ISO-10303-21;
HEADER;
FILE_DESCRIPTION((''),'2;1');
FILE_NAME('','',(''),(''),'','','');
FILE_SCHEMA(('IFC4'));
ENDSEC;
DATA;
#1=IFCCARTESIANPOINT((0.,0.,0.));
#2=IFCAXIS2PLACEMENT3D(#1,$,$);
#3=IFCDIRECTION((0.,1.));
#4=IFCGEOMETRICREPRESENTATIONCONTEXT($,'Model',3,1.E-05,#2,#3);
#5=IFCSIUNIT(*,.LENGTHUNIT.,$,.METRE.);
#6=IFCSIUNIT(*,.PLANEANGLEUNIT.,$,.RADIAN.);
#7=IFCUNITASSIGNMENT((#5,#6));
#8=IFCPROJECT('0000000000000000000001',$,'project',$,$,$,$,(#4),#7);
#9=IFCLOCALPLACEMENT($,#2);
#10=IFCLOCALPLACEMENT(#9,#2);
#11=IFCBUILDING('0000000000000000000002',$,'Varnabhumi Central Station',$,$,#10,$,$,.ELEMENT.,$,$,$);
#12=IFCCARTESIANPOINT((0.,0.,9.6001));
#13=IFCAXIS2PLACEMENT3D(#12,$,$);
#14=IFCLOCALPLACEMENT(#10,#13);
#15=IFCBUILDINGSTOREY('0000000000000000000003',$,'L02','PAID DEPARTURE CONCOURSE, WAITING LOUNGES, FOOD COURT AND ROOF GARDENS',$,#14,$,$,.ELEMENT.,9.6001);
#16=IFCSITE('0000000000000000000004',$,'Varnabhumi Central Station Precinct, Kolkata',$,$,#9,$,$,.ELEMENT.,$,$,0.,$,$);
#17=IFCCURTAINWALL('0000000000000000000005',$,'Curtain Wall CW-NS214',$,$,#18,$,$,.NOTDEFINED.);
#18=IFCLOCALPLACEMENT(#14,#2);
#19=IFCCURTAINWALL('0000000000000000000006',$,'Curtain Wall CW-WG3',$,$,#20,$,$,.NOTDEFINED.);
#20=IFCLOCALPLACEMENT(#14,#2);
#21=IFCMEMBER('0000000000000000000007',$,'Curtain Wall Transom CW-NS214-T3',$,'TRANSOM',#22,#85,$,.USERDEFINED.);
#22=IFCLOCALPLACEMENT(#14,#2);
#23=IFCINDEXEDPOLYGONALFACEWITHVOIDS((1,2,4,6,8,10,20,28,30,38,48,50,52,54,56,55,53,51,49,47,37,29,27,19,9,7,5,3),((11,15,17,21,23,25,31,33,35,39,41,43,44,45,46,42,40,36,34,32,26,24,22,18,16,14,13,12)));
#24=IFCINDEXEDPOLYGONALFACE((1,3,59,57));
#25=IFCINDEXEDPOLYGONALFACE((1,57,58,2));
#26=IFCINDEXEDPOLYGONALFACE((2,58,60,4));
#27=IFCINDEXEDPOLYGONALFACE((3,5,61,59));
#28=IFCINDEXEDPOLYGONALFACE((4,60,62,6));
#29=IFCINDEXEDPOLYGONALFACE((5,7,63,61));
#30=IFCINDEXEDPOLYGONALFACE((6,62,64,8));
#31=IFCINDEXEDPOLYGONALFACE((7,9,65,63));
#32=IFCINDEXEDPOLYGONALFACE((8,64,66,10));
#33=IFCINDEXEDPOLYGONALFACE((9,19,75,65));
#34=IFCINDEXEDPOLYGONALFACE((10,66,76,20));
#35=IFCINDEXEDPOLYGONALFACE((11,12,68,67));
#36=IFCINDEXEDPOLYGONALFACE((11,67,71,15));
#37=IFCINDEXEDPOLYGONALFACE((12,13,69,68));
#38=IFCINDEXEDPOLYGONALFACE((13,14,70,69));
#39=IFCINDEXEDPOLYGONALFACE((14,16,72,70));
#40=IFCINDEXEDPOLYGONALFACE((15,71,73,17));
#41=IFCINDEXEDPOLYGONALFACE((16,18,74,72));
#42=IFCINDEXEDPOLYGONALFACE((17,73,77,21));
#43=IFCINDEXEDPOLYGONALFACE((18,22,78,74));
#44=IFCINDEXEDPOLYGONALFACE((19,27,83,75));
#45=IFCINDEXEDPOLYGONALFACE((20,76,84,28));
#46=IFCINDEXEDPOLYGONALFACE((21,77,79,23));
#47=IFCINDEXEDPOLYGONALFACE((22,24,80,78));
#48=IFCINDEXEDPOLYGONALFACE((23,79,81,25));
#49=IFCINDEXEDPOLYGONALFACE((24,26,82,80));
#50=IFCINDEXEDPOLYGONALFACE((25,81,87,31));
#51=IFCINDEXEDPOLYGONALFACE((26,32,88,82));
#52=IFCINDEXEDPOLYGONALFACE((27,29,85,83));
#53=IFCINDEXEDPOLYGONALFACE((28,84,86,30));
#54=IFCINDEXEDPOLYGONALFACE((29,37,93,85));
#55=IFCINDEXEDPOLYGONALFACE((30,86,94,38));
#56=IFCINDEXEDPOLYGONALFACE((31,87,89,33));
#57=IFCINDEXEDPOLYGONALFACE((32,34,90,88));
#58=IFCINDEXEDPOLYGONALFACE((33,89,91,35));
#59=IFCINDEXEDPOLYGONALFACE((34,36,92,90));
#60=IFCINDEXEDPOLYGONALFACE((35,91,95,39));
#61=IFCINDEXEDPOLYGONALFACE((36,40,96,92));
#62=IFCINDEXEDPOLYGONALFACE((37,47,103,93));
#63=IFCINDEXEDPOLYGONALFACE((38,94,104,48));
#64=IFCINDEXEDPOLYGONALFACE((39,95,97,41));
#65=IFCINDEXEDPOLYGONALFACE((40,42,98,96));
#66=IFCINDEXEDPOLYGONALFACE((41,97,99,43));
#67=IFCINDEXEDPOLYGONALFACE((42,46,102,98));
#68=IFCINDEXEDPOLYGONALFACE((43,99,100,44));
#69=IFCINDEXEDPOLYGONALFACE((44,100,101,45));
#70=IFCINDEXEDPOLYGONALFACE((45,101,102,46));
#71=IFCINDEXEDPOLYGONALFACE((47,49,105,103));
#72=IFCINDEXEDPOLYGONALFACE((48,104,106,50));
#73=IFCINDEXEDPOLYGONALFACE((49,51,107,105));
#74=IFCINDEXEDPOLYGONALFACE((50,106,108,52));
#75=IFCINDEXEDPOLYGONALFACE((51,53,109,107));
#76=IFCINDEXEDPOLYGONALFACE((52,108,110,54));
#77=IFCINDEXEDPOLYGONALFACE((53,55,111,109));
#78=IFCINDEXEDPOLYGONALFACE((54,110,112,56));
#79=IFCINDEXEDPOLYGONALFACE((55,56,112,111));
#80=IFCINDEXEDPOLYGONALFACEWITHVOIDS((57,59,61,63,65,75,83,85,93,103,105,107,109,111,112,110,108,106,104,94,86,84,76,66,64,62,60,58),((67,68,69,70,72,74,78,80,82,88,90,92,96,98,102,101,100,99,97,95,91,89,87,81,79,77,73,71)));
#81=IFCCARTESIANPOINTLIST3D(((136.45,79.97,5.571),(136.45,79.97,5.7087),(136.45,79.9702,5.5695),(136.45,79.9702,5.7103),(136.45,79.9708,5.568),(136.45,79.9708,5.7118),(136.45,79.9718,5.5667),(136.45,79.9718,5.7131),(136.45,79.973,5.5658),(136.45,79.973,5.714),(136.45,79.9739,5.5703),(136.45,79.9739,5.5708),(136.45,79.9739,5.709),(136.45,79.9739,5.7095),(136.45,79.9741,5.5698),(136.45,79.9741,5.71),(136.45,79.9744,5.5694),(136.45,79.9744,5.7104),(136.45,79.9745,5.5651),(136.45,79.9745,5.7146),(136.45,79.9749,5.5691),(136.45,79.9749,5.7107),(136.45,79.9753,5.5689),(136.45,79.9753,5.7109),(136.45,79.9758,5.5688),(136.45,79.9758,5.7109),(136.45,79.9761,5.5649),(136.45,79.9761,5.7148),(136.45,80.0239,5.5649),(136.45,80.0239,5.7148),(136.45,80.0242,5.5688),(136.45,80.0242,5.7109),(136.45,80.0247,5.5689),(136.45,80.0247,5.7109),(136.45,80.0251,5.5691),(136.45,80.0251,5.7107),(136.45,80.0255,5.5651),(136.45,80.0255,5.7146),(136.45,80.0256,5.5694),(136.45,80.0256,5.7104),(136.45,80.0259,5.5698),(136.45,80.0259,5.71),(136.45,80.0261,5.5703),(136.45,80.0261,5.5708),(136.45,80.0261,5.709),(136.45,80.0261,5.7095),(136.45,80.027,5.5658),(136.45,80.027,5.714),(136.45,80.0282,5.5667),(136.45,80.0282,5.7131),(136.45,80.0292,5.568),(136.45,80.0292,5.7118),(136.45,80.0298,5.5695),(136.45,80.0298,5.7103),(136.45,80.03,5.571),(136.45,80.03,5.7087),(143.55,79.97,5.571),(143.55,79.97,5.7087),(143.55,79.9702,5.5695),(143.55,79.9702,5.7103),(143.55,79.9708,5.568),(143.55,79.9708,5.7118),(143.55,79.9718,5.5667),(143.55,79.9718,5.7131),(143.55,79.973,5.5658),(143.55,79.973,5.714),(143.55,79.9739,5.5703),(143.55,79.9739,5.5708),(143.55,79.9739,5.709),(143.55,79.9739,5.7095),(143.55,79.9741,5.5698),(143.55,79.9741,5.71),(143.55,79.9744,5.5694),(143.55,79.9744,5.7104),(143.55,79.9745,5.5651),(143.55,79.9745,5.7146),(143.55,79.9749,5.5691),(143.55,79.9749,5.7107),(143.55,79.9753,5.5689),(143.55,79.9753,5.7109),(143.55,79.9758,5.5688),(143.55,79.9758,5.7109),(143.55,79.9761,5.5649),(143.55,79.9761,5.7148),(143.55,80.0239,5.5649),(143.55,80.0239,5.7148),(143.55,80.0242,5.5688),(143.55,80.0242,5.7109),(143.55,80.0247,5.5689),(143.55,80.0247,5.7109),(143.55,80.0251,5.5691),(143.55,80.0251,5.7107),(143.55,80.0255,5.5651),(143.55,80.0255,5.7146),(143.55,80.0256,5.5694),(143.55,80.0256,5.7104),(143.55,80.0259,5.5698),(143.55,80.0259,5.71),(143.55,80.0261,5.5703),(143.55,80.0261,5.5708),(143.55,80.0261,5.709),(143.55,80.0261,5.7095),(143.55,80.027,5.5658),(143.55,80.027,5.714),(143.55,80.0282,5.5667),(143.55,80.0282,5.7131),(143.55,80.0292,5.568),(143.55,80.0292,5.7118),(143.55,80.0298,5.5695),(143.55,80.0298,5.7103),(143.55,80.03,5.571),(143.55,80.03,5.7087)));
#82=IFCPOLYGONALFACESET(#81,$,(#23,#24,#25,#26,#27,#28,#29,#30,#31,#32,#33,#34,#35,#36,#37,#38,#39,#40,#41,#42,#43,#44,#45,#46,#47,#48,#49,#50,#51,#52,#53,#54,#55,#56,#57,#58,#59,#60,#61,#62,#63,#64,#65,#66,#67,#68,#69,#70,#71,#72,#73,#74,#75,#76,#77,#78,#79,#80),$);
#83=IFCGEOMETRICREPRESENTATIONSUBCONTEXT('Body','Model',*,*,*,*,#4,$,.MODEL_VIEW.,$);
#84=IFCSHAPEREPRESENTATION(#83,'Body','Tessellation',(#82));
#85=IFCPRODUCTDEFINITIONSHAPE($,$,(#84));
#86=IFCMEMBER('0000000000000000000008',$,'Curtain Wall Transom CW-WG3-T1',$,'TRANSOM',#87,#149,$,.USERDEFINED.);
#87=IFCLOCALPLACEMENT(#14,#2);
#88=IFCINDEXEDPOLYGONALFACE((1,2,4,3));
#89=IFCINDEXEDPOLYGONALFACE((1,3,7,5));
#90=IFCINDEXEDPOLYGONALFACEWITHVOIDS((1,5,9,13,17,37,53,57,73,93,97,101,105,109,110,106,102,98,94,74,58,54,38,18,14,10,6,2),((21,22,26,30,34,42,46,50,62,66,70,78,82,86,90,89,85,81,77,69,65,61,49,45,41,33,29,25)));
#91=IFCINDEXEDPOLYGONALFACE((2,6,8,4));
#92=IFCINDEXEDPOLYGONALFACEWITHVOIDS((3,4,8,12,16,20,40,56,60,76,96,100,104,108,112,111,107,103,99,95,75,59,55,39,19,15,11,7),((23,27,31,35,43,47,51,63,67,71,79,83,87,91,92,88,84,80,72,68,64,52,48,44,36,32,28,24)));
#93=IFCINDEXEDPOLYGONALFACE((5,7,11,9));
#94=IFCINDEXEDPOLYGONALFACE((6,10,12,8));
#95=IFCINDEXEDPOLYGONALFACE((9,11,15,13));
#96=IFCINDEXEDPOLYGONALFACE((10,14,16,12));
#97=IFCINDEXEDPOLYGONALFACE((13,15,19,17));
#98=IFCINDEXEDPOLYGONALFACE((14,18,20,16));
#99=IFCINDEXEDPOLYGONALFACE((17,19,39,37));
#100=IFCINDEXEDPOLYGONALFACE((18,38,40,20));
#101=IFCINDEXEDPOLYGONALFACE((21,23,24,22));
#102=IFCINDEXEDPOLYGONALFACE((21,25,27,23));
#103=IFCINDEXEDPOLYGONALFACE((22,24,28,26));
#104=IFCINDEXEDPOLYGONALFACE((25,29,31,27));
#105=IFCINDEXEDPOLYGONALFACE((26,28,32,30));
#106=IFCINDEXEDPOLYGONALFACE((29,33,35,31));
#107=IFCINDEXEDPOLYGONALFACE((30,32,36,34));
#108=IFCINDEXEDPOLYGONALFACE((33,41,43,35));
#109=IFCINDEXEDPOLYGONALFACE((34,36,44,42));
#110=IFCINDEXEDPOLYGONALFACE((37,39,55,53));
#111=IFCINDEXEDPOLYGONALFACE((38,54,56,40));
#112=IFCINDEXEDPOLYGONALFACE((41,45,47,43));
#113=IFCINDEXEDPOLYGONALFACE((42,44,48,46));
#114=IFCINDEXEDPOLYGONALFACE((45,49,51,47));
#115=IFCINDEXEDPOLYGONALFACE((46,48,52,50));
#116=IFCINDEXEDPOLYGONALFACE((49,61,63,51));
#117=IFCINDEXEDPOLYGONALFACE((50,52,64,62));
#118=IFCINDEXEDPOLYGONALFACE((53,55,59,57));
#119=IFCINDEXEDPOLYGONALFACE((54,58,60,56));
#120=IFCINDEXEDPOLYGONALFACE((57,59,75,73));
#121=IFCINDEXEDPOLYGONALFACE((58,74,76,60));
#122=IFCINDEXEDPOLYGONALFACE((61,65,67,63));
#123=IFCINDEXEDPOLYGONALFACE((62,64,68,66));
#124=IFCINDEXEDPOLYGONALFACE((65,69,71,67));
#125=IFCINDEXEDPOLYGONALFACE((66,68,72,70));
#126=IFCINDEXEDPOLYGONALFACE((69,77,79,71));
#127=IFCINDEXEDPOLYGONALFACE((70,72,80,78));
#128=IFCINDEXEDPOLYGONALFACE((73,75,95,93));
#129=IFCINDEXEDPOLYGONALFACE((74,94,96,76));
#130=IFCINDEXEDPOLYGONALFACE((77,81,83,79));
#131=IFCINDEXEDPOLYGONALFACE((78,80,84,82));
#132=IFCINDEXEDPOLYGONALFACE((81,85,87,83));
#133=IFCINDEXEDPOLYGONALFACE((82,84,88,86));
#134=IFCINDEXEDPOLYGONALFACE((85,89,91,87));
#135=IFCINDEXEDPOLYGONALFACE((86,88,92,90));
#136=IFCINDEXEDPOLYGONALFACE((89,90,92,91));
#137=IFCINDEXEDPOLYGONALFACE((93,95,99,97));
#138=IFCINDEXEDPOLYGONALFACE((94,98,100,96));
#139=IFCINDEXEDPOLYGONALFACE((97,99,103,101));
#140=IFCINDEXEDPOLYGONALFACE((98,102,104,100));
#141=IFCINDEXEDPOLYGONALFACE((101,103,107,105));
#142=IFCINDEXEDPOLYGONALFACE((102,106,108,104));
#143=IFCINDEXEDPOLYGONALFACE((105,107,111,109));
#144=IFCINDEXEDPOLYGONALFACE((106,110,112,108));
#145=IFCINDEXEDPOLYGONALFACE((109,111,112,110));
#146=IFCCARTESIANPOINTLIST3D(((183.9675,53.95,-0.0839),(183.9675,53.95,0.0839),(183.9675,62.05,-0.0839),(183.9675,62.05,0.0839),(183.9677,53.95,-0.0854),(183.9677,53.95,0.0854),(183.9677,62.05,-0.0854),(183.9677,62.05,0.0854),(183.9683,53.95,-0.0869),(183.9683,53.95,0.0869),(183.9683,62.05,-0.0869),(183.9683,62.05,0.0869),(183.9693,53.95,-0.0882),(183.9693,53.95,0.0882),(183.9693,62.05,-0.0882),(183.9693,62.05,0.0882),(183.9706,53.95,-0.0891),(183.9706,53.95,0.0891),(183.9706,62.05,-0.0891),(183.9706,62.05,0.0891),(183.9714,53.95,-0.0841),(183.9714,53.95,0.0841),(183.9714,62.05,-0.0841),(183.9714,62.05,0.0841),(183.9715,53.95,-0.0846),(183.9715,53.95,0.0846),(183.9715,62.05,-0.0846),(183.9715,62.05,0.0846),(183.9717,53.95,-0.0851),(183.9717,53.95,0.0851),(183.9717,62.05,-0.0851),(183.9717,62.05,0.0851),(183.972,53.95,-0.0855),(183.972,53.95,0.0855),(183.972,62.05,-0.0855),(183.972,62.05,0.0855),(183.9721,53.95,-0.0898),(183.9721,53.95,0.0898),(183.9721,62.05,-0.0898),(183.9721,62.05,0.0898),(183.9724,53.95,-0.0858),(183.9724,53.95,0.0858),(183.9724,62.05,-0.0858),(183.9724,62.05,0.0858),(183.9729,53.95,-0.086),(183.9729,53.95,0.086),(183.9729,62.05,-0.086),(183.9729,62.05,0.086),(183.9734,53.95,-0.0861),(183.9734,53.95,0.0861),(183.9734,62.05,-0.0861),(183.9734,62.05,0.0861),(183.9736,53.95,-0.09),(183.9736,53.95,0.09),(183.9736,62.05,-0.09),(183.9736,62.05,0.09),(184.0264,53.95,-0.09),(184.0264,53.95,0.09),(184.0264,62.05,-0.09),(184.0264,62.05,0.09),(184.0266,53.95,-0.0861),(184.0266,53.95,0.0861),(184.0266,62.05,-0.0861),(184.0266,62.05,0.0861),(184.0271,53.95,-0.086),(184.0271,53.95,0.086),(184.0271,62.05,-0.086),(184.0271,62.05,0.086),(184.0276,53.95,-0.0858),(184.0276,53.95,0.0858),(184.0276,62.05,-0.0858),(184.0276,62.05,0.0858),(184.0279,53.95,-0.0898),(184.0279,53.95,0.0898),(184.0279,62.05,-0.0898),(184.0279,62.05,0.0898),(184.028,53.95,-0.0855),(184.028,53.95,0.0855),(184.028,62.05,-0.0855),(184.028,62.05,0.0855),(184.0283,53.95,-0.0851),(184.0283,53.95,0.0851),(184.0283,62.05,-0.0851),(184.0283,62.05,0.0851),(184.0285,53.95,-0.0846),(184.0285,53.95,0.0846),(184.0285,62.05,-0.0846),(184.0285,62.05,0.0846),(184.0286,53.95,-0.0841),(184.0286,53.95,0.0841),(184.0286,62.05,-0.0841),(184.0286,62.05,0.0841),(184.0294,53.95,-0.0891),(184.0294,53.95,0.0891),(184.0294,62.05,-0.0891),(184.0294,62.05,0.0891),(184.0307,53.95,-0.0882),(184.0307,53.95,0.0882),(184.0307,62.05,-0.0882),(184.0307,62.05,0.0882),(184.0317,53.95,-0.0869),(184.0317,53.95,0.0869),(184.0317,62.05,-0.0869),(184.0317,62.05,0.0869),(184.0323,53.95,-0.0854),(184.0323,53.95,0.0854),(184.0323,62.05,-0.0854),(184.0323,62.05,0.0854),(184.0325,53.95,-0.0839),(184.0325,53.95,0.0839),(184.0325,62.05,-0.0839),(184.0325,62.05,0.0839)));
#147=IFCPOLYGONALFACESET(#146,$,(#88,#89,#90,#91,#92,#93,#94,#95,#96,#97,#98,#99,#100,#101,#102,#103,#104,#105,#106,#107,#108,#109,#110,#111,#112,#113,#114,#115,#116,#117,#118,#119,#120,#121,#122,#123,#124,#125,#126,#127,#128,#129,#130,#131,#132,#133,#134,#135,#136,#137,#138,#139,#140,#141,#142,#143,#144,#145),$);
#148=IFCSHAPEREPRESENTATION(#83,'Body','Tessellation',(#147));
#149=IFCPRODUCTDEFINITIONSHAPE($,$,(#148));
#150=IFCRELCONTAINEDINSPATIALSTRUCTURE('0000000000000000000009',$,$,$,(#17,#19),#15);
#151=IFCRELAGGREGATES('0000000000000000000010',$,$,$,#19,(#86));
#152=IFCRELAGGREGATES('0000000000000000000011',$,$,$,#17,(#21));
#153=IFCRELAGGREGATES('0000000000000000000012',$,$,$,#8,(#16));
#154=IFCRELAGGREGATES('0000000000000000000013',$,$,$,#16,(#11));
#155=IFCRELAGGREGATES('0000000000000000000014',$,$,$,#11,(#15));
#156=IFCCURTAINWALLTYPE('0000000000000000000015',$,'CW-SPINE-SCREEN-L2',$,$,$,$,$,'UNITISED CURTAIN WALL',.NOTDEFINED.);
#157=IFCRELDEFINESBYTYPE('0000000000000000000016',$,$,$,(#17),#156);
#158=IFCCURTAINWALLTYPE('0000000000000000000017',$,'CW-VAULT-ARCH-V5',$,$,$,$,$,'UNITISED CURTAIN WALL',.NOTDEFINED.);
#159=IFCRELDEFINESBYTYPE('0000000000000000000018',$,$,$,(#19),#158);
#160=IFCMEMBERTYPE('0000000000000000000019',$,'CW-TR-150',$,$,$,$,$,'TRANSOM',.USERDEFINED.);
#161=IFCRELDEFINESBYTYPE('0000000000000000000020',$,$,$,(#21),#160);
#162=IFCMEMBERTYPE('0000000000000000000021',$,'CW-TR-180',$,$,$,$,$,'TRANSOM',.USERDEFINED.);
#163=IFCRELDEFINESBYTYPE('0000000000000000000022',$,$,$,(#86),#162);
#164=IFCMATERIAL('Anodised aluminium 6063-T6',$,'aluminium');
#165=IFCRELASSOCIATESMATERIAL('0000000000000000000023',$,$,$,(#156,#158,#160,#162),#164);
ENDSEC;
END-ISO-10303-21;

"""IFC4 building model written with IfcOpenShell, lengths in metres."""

from ifc_helpers import new_model, si_unit, direction, frame, origin, origin_2d, place, context, subcontext, project, spatial, hollow_rectangle, extrude, material, material_profile, profile_set, type_object, element, aggregate, save


model = new_model("IFC4")

# Units and contexts
model_context = context("Model", 3, precision=1e-05, world=origin(), true_north=direction((0.0, 1.0)))
body_context = subcontext(model_context, "Body", "Model", "MODEL_VIEW")
ifc_project = project(units=[si_unit("LENGTHUNIT", "METRE"), si_unit("PLANEANGLEUNIT", "RADIAN")], contexts=[model_context])

# Site, building, storey
site_placement = place(None, origin())
site = spatial("IfcSite", under=ifc_project, at=site_placement, Name="Varnabhumi Central Station Precinct, Kolkata", CompositionType="ELEMENT", RefElevation=0.0)
building_placement = place(site_placement, origin())
building = spatial("IfcBuilding", under=site, at=building_placement, Name="Varnabhumi Central Station", CompositionType="ELEMENT")
storey_placement = place(building_placement, frame((0.0, 0.0, 9.6001)))
storey = spatial("IfcBuildingStorey", under=building, at=storey_placement, Name="L02", Description="PAID DEPARTURE CONCOURSE, WAITING LOUNGES, FOOD COURT AND ROOF GARDENS", CompositionType="ELEMENT", Elevation=9.6001)

# Curtain wall
ifc_material_1 = material(Name="Anodised aluminium 6063-T6", Category="aluminium")
curtain_wall_type_1 = type_object("IfcCurtainWallType", Name="CW-SPINE-SCREEN-L2", ElementType="UNITISED CURTAIN WALL", PredefinedType="NOTDEFINED", material=ifc_material_1)
curtain_wall_1_placement = place(storey_placement, origin())
curtain_wall_1 = element("IfcCurtainWall", 1, at=curtain_wall_1_placement, inside=storey, type_object=curtain_wall_type_1, Name="Curtain Wall CW-NS214", PredefinedType="NOTDEFINED")
curtain_wall_type_2 = type_object("IfcCurtainWallType", Name="CW-VAULT-ARCH-V5", ElementType="UNITISED CURTAIN WALL", PredefinedType="NOTDEFINED", material=ifc_material_1)

# Curtain wall
curtain_wall_2_placement = place(storey_placement, origin())
curtain_wall_2 = element("IfcCurtainWall", 2, at=curtain_wall_2_placement, inside=storey, type_object=curtain_wall_type_2, Name="Curtain Wall CW-WG3", PredefinedType="NOTDEFINED")

# Members
ifc_material_profile_1 = material_profile(ifc_material_1, hollow_rectangle(XDim=0.0601, YDim=0.1499, WallThickness=0.0039, InnerFilletRadius=0.002, OuterFilletRadius=0.0061, at=origin_2d()), Name="Anodised aluminium 6063-T6", Category="aluminium")
ifc_profile_set_1 = profile_set([ifc_material_profile_1], Name="Anodised aluminium 6063-T6")
member_type_1 = type_object("IfcMemberType", Name="CW-TR-150", ElementType="TRANSOM", PredefinedType="USERDEFINED", material=ifc_profile_set_1)
member_1_placement = place(storey_placement, frame((136.45, 80.0, 5.6399), z_axis=(1.0, 0.0, 0.0), x_axis=(0.0, 1.0, 0.0)))
member_1 = element("IfcMember", 3, at=member_1_placement, type_object=member_type_1, Name="Curtain Wall Transom CW-NS214-T3", ObjectType="TRANSOM", PredefinedType="USERDEFINED", context=body_context, shape_type="SweptSolid", body=[
    extrude(hollow_rectangle(XDim=0.0601, YDim=0.1499, WallThickness=0.0039, InnerFilletRadius=0.002, OuterFilletRadius=0.0061, at=origin_2d()), origin(), (0.0, 0.0, 1.0), 7.1001),
])
ifc_material_profile_2 = material_profile(ifc_material_1, hollow_rectangle(XDim=0.0649, YDim=0.1799, WallThickness=0.0039, InnerFilletRadius=0.002, OuterFilletRadius=0.0061, at=origin_2d()), Name="Anodised aluminium 6063-T6", Category="aluminium")
ifc_profile_set_2 = profile_set([ifc_material_profile_2], Name="Anodised aluminium 6063-T6")
member_type_2 = type_object("IfcMemberType", Name="CW-TR-180", ElementType="TRANSOM", PredefinedType="USERDEFINED", material=ifc_profile_set_2)
member_2_placement = place(storey_placement, frame((184.0, 53.95, 0.0), z_axis=(0.0, 1.0, 0.0), x_axis=(-1.0, 0.0, 0.0)))
member_2 = element("IfcMember", 4, at=member_2_placement, type_object=member_type_2, Name="Curtain Wall Transom CW-WG3-T1", ObjectType="TRANSOM", PredefinedType="USERDEFINED", context=body_context, shape_type="SweptSolid", body=[
    extrude(hollow_rectangle(XDim=0.0649, YDim=0.1799, WallThickness=0.0039, InnerFilletRadius=0.002, OuterFilletRadius=0.0061, at=origin_2d()), origin(), (0.0, 0.0, 1.0), 8.1001),
])
aggregate(curtain_wall_2, [member_2])

aggregate(curtain_wall_1, [member_1])

save(model, "model.ifc")
